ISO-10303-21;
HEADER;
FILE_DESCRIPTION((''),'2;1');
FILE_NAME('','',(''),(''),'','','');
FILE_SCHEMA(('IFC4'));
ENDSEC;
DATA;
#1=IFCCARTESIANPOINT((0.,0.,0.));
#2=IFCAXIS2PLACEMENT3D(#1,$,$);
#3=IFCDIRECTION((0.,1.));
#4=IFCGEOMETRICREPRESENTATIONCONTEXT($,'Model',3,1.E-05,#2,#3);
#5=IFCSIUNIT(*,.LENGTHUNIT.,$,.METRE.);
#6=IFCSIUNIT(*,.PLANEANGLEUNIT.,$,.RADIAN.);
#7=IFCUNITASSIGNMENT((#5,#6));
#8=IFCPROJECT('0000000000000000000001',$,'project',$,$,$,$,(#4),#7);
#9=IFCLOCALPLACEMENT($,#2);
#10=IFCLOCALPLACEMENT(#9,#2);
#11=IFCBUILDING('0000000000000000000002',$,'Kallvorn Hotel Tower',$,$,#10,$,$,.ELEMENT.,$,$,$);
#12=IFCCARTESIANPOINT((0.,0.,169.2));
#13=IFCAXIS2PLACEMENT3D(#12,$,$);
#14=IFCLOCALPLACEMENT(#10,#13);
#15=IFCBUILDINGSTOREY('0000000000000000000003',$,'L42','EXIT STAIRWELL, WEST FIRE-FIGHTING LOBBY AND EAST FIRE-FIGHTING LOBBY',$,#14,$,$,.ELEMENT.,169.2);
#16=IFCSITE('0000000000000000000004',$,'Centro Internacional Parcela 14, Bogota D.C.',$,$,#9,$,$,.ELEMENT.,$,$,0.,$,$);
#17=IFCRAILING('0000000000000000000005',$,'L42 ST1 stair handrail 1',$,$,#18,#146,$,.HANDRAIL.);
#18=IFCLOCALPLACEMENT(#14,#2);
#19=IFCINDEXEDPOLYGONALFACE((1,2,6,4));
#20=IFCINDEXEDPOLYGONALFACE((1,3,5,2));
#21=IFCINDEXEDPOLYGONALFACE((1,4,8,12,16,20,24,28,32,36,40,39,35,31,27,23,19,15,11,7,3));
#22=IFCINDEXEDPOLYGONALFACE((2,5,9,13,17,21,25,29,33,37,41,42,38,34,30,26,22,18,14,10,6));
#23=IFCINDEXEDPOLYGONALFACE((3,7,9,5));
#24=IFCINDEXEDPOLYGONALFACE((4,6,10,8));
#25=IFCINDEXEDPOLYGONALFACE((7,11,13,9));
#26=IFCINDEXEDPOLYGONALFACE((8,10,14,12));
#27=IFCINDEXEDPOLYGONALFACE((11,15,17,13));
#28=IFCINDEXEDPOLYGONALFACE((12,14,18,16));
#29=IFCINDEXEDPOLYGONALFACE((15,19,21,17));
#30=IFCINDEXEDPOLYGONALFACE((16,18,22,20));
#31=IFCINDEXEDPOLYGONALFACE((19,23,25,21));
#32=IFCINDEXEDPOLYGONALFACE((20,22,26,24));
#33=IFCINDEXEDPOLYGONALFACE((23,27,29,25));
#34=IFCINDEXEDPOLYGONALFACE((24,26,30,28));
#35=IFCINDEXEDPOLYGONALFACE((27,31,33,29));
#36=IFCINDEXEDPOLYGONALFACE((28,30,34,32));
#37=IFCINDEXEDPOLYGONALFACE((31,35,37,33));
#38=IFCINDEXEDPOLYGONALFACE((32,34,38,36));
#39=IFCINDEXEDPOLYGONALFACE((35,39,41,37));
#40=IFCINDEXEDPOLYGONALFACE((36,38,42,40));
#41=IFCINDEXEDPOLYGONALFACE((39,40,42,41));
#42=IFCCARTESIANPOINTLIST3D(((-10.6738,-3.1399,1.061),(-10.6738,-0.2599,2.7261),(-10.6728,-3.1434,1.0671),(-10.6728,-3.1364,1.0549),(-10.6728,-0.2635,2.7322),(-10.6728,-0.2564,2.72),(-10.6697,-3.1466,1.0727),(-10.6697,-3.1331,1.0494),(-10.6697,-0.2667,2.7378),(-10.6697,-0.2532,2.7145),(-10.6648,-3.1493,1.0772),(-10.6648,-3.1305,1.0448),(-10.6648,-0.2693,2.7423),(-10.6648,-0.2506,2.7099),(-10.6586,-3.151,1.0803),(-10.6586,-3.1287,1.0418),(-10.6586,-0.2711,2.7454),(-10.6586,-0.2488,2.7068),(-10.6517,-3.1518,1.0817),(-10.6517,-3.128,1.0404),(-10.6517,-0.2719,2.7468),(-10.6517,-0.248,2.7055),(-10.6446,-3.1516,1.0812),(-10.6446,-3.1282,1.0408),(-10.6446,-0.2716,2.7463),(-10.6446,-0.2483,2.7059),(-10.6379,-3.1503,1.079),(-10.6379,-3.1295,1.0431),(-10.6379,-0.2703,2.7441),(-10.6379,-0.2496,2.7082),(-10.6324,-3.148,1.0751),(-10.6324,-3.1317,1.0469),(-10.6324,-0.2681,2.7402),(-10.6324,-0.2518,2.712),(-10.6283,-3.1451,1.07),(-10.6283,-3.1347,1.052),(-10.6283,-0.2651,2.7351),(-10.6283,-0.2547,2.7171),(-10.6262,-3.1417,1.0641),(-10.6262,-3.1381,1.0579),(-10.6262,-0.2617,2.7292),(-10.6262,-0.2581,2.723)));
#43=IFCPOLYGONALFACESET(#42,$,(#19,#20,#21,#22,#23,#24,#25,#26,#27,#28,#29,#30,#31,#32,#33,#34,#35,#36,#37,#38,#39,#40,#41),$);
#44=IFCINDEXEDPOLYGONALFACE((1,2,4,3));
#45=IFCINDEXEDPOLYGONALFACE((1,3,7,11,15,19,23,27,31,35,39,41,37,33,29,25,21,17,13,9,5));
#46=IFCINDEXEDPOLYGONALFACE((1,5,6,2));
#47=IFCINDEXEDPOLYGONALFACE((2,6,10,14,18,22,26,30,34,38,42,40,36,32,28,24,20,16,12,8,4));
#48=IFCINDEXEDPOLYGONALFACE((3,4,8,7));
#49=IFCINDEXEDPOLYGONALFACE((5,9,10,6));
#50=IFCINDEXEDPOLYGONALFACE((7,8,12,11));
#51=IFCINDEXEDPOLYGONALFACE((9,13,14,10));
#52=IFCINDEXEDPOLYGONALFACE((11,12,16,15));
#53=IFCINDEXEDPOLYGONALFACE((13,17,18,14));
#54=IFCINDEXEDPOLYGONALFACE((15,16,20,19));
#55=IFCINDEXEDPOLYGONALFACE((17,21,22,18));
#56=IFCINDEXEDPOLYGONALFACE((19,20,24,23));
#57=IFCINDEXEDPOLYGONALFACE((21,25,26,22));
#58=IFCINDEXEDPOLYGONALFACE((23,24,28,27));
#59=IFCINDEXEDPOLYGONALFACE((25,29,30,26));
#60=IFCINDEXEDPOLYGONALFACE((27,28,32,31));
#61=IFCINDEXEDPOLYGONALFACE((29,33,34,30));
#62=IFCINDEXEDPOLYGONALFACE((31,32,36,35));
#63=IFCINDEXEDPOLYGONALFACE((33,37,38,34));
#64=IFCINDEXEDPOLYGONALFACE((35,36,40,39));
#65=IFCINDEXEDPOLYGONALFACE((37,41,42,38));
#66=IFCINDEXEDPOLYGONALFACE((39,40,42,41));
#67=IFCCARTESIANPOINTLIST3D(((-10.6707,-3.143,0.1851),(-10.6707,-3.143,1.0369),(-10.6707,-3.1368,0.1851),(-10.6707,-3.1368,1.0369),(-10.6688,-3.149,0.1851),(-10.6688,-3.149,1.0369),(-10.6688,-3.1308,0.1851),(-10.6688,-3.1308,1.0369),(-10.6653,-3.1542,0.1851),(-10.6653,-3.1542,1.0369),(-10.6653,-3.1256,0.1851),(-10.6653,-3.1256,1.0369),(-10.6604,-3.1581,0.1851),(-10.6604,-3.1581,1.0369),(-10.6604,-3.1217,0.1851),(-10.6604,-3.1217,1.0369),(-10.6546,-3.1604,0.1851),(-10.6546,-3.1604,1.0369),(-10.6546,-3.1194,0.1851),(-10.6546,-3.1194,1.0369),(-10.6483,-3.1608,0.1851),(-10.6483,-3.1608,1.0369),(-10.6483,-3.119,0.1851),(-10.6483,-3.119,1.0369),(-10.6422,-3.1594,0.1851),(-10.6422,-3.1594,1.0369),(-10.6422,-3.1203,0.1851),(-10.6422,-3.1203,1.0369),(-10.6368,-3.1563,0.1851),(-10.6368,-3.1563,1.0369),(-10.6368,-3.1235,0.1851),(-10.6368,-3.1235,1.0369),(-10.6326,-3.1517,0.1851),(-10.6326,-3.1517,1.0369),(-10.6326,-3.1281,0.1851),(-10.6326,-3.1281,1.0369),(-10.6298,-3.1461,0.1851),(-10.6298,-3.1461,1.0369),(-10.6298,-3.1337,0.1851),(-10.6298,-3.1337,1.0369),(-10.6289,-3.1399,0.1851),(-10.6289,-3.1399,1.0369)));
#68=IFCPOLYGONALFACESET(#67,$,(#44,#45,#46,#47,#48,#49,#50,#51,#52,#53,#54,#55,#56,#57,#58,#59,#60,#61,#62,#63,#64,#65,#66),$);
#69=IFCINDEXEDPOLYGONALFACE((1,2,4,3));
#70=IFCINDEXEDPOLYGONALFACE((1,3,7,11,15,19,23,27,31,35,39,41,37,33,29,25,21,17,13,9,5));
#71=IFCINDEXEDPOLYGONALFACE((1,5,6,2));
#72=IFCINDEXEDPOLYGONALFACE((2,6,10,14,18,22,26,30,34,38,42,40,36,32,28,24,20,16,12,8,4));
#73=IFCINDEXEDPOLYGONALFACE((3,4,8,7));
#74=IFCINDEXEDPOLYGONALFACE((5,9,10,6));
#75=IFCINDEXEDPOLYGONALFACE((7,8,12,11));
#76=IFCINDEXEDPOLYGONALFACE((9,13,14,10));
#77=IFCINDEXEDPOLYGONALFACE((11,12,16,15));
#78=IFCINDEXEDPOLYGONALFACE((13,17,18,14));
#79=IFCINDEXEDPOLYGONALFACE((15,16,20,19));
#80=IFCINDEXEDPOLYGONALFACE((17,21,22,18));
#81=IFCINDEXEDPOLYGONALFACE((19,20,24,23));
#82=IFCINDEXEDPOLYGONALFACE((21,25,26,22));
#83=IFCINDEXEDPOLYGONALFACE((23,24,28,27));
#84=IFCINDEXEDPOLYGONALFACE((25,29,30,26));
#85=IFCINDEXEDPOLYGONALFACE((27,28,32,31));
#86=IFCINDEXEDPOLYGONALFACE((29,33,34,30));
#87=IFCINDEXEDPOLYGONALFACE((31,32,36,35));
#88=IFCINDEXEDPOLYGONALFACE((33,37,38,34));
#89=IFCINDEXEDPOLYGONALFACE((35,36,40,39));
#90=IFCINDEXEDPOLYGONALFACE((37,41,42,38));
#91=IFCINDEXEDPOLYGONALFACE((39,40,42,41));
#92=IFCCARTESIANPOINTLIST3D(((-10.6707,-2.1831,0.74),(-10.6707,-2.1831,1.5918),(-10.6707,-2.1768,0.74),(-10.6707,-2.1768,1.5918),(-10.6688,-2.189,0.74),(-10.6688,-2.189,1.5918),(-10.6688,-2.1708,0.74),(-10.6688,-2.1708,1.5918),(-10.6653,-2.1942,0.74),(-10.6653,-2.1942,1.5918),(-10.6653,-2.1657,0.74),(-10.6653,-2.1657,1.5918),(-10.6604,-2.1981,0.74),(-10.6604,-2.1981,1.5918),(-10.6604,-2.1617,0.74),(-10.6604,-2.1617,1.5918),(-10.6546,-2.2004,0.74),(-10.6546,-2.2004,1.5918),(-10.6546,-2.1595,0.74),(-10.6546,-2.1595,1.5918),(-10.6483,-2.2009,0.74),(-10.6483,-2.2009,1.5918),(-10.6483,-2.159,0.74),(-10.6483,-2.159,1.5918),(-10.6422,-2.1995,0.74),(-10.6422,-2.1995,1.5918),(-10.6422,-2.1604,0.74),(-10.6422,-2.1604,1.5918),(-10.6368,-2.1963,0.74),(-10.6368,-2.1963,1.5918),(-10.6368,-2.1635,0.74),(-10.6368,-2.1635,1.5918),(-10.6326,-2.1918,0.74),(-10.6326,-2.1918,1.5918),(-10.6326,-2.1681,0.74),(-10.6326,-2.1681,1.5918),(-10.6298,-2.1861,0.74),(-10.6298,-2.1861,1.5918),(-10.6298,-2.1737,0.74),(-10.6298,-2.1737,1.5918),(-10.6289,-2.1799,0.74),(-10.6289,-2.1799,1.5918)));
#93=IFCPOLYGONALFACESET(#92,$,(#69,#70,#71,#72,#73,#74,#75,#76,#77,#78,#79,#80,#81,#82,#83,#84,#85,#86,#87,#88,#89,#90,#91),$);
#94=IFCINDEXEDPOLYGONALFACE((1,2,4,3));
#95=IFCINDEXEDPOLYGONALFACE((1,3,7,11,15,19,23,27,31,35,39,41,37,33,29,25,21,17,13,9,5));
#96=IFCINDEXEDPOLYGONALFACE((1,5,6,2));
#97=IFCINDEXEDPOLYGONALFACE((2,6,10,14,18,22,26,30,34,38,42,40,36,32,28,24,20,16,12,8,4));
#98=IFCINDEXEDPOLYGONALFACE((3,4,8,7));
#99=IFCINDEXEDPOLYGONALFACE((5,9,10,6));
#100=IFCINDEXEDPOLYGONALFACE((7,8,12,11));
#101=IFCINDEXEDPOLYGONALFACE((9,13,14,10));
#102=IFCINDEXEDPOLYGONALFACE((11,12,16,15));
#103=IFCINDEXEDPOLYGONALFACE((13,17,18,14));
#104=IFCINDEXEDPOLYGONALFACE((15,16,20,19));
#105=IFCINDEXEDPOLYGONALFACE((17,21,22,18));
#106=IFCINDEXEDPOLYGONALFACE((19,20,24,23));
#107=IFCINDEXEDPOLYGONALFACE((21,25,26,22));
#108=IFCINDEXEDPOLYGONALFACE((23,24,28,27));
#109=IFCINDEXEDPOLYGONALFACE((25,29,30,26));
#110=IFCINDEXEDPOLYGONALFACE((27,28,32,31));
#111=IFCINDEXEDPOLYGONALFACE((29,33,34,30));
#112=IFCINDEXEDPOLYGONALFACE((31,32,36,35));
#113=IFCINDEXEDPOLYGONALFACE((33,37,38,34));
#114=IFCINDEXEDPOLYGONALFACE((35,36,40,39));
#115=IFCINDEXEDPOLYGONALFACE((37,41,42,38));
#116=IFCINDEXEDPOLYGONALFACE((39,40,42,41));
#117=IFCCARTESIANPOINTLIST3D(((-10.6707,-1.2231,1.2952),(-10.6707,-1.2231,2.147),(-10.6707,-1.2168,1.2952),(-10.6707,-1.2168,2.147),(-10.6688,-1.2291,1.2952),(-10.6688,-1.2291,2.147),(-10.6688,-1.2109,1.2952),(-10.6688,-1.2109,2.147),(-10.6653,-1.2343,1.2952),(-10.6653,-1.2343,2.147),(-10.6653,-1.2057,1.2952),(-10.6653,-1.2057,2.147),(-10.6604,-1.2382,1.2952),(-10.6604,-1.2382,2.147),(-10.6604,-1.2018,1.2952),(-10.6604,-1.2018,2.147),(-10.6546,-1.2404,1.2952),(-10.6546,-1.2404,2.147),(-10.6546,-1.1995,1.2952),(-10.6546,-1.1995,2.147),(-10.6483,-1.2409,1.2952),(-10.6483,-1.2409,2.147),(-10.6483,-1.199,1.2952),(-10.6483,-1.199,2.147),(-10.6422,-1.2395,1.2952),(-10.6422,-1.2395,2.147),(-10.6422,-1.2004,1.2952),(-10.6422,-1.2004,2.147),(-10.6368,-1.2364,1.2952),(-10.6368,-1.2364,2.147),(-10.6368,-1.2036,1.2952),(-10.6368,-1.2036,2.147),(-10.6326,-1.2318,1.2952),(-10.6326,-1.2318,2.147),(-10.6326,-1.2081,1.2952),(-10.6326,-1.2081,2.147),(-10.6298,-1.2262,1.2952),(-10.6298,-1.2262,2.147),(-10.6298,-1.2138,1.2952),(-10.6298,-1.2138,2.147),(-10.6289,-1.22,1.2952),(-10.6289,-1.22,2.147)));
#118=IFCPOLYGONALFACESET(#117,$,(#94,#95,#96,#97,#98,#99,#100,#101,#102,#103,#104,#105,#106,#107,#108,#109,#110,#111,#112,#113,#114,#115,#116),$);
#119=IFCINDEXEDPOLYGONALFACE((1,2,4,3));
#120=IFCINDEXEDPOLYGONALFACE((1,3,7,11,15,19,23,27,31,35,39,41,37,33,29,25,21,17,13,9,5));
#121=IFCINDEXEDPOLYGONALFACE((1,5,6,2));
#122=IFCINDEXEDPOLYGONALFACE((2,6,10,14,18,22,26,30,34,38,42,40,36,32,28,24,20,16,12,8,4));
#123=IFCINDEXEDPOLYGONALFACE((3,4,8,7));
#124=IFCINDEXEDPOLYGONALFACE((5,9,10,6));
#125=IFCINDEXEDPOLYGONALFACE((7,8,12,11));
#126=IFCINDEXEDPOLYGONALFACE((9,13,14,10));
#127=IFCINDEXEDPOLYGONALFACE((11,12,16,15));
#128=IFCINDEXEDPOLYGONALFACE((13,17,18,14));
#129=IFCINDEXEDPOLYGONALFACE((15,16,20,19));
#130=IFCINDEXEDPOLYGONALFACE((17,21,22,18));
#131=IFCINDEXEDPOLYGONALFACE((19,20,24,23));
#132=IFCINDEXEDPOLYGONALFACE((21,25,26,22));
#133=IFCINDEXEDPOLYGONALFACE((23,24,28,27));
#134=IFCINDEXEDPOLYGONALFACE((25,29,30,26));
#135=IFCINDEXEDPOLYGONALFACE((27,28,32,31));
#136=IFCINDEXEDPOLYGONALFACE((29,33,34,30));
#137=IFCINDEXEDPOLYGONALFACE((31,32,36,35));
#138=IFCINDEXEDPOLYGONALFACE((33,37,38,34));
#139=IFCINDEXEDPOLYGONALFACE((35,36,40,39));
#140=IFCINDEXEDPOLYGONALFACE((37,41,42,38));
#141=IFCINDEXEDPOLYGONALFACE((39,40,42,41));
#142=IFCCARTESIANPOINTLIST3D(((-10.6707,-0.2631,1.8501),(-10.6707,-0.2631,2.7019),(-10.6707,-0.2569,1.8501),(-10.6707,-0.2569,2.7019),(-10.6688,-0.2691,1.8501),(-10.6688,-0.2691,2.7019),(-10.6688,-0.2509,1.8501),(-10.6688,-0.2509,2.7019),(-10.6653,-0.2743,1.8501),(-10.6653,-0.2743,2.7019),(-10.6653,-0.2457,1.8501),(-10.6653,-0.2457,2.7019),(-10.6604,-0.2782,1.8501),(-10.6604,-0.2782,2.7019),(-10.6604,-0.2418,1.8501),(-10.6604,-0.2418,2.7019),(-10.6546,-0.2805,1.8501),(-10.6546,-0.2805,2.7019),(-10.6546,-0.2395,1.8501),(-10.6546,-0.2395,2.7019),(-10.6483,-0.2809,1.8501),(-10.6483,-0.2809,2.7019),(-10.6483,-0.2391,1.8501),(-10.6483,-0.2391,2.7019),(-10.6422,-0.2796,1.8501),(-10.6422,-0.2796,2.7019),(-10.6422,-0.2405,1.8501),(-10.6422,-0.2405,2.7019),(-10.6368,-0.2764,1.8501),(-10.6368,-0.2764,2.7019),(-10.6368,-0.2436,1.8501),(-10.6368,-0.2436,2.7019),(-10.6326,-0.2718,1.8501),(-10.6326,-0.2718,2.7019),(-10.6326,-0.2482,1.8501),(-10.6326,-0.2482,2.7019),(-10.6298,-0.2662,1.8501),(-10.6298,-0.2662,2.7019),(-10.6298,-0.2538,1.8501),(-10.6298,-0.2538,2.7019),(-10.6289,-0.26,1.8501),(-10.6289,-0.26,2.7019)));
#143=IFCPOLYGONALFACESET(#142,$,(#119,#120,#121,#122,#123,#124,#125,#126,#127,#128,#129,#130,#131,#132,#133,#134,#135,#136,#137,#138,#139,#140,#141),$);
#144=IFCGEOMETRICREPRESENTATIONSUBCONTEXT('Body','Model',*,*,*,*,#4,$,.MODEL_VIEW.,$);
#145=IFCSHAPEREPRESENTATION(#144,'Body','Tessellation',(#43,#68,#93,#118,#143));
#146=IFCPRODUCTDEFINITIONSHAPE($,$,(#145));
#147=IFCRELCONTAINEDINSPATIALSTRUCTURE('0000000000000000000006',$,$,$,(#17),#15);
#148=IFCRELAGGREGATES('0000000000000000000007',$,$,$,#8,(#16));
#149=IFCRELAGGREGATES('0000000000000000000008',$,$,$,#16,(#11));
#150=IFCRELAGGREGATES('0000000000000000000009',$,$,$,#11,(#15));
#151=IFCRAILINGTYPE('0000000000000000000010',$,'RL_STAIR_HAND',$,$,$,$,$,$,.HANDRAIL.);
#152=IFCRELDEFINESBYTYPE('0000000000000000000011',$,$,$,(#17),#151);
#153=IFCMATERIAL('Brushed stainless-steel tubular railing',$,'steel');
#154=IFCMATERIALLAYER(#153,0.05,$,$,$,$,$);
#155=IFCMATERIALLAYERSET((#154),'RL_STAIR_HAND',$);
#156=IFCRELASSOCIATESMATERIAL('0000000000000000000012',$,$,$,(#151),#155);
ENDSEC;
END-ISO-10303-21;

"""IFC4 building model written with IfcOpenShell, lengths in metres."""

from ifc_helpers import new_model, si_unit, direction, frame, origin, origin_2d, place, context, subcontext, project, spatial, circle, extrude, material, layer, layer_set, type_object, element, save


model = new_model("IFC4")

# Units and contexts
model_context = context("Model", 3, precision=1e-05, world=origin(), true_north=direction((0.0, 1.0)))
body_context = subcontext(model_context, "Body", "Model", "MODEL_VIEW")
ifc_project = project(units=[si_unit("LENGTHUNIT", "METRE"), si_unit("PLANEANGLEUNIT", "RADIAN")], contexts=[model_context])

# Site, building, storey
site_placement = place(None, origin())
site = spatial("IfcSite", under=ifc_project, at=site_placement, Name="Centro Internacional Parcela 14, Bogota D.C.", CompositionType="ELEMENT", RefElevation=0.0)
building_placement = place(site_placement, origin())
building = spatial("IfcBuilding", under=site, at=building_placement, Name="Kallvorn Hotel Tower", CompositionType="ELEMENT")
storey_placement = place(building_placement, frame((0.0, 0.0, 169.2)))
storey = spatial("IfcBuildingStorey", under=building, at=storey_placement, Name="L42", Description="EXIT STAIRWELL, WEST FIRE-FIGHTING LOBBY AND EAST FIRE-FIGHTING LOBBY", CompositionType="ELEMENT", Elevation=169.2)

# Railing
ifc_material_1 = material(Name="Brushed stainless-steel tubular railing", Category="steel")
ifc_layer_1 = layer(ifc_material_1, 0.05)
ifc_layer_set_1 = layer_set([ifc_layer_1], Name="RL_STAIR_HAND")
railing_type_1 = type_object("IfcRailingType", Name="RL_STAIR_HAND", PredefinedType="HANDRAIL", material=ifc_layer_set_1)
railing_1_placement = place(storey_placement, frame((-10.6499, -3.1399, 0.1851)))
element("IfcRailing", 1, at=railing_1_placement, inside=storey, type_object=railing_type_1, Name="L42 ST1 stair handrail 1", PredefinedType="HANDRAIL", context=body_context, shape_type="SweptSolid", body=[
    extrude(circle(Radius=0.0239, at=origin_2d()), frame((0.0, 0.0, 0.876), z_axis=(0.0, 0.865721, 0.500527), x_axis=(-1.0, 0.0, 0.0)), (0.0, 0.0, 1.0), 3.3267),
    extrude(circle(Radius=0.021, at=origin_2d()), origin(), (0.0, 0.0, 1.0), 0.8518),
    extrude(circle(Radius=0.021, at=origin_2d()), frame((0.0, 0.96, 0.5549)), (0.0, 0.0, 1.0), 0.8518),
    extrude(circle(Radius=0.021, at=origin_2d()), frame((0.0, 1.9199, 1.1101)), (0.0, 0.0, 1.0), 0.8518),
    extrude(circle(Radius=0.021, at=origin_2d()), frame((0.0, 2.8799, 1.665)), (0.0, 0.0, 1.0), 0.8518),
])

save(model, "model.ifc")
